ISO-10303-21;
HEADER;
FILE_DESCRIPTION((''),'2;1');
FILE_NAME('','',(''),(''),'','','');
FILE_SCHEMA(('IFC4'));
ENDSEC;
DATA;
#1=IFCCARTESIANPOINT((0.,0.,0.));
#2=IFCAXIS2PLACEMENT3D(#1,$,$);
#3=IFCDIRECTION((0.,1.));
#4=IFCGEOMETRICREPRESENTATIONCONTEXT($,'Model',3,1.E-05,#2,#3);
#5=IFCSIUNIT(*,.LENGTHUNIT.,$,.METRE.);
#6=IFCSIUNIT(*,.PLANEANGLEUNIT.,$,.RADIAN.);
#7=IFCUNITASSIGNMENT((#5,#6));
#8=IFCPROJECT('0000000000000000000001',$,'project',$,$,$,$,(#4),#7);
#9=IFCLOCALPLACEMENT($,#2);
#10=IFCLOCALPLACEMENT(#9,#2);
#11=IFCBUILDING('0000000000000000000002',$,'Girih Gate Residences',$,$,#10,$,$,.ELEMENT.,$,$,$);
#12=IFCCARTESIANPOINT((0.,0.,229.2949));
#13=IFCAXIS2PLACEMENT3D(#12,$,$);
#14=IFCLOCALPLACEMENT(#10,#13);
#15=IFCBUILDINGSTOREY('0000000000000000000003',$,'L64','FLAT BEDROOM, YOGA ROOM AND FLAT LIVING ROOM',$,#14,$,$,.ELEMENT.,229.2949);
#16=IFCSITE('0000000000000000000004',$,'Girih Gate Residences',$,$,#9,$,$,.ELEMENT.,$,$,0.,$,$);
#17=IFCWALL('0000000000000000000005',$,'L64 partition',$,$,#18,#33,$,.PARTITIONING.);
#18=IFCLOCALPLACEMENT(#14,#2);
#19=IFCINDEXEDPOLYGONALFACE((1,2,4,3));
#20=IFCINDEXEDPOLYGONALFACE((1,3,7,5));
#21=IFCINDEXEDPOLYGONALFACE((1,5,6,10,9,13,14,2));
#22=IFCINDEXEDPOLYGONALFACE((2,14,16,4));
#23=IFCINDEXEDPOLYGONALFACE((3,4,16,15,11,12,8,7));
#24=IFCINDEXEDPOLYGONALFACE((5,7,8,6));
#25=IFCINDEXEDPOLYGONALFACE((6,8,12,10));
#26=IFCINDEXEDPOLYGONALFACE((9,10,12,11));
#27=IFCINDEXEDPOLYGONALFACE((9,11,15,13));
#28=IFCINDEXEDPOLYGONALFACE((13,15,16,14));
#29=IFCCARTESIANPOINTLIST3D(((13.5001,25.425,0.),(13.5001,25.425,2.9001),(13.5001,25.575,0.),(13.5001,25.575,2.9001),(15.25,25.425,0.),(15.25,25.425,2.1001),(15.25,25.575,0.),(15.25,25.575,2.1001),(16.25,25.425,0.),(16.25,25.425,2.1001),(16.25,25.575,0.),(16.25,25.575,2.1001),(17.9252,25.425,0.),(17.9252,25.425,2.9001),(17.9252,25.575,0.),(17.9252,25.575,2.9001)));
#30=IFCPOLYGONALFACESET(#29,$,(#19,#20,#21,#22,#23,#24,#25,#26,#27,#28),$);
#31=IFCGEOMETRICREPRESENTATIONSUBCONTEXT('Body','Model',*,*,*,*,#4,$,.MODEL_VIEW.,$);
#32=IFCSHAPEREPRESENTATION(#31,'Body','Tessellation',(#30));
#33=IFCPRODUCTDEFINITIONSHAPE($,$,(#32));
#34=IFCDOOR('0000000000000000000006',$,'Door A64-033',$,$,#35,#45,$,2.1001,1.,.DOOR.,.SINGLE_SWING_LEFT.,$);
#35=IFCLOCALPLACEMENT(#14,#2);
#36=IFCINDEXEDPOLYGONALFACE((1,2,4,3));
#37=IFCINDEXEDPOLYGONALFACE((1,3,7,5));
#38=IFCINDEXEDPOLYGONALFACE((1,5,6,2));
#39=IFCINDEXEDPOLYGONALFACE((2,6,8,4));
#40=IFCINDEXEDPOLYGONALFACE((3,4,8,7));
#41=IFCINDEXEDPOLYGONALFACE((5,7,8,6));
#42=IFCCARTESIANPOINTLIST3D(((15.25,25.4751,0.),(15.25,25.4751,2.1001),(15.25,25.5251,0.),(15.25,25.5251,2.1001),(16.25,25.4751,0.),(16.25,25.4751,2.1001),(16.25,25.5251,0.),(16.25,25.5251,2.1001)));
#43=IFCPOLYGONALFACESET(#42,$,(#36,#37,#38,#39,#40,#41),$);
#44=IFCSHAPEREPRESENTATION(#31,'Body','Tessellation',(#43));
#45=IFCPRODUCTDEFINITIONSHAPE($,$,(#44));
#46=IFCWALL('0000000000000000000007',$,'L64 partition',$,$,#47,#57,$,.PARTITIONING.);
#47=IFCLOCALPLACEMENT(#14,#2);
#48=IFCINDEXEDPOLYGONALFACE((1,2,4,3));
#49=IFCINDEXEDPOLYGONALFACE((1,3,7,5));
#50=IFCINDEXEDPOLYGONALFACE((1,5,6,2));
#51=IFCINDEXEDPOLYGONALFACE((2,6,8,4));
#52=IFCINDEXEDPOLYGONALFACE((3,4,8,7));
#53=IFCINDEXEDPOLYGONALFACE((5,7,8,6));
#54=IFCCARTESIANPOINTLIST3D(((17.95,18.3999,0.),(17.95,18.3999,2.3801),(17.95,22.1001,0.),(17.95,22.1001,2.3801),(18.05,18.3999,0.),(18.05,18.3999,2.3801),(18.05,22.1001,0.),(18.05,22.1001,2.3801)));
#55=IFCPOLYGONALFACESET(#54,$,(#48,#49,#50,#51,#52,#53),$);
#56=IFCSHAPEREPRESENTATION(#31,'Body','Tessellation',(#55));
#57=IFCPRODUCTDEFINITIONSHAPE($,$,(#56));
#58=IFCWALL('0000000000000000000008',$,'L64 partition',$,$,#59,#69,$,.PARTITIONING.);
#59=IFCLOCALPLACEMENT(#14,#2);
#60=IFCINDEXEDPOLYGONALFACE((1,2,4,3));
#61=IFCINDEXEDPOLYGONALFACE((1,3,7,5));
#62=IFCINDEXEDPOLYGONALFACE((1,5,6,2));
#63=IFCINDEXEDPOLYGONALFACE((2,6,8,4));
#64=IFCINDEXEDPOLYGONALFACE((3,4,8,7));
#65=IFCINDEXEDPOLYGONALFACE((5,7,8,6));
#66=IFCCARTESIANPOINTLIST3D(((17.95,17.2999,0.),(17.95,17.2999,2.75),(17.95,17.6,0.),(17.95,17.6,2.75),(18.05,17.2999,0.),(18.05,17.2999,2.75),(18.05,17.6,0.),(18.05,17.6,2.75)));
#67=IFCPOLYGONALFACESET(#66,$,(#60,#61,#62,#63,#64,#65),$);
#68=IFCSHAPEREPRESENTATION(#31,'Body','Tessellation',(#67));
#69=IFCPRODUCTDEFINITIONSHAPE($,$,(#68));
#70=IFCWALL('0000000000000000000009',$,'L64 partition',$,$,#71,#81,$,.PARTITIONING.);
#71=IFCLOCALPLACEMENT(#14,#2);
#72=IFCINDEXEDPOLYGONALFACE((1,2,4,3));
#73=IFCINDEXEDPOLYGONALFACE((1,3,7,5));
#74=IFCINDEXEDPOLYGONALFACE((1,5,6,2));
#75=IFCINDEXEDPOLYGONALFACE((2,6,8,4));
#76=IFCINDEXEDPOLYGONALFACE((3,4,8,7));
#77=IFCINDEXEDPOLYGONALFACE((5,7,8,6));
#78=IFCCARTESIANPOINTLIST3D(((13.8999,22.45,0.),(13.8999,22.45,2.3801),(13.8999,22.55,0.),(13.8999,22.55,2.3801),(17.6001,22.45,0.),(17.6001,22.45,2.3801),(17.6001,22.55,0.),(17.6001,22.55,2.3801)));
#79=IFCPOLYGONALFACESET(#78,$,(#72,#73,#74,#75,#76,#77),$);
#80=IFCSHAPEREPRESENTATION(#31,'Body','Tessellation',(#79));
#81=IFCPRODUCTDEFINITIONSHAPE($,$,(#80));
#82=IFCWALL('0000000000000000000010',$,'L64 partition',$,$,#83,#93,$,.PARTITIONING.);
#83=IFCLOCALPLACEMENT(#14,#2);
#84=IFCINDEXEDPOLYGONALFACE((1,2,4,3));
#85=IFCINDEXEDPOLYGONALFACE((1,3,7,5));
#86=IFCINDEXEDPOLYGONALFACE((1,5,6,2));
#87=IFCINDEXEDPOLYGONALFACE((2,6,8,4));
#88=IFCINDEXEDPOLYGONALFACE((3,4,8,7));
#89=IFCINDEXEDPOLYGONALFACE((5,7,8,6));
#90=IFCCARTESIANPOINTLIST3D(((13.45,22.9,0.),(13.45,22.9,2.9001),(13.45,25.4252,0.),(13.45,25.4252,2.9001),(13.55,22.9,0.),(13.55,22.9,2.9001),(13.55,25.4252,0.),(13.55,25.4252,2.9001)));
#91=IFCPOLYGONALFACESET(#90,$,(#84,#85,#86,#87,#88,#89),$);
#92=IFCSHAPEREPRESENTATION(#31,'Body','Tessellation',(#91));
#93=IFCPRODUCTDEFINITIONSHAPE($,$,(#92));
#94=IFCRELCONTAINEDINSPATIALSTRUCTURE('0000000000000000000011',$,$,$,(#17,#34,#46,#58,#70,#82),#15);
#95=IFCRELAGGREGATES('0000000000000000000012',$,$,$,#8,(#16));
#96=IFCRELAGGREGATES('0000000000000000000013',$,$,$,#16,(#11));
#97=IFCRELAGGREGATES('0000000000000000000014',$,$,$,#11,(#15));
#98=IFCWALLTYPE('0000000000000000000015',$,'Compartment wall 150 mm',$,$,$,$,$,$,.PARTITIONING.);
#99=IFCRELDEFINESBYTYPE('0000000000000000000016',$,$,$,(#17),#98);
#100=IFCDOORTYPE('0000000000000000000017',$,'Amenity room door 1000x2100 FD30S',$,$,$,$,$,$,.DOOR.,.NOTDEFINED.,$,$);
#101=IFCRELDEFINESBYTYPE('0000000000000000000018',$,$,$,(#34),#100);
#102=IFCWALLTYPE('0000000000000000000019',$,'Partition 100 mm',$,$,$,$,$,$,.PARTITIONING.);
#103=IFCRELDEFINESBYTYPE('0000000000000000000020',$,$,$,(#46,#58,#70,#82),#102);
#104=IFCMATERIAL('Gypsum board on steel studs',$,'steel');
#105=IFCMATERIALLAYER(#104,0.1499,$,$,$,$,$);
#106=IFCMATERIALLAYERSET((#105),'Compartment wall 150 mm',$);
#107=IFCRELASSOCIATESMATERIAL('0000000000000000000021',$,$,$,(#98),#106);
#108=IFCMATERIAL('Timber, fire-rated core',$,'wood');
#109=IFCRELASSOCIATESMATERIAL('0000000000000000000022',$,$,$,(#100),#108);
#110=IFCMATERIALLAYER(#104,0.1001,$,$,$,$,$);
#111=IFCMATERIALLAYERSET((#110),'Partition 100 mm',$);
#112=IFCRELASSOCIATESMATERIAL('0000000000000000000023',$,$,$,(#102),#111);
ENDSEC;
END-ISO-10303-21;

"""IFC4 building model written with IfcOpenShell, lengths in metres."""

from ifc_helpers import new_model, si_unit, direction, frame, frame_2d, origin, place, context, subcontext, project, spatial, rectangle, extrude, material, layer, layer_set, type_object, element, fill, save


model = new_model("IFC4")

# Units and contexts
model_context = context("Model", 3, precision=1e-05, world=origin(), true_north=direction((0.0, 1.0)))
body_context = subcontext(model_context, "Body", "Model", "MODEL_VIEW")
ifc_project = project(units=[si_unit("LENGTHUNIT", "METRE"), si_unit("PLANEANGLEUNIT", "RADIAN")], contexts=[model_context])

# Site, building, storey
site_placement = place(None, origin())
site = spatial("IfcSite", under=ifc_project, at=site_placement, Name="Girih Gate Residences", CompositionType="ELEMENT", RefElevation=0.0)
building_placement = place(site_placement, origin())
building = spatial("IfcBuilding", under=site, at=building_placement, Name="Girih Gate Residences", CompositionType="ELEMENT")
storey_placement = place(building_placement, frame((0.0, 0.0, 229.2949)))
storey = spatial("IfcBuildingStorey", under=building, at=storey_placement, Name="L64", Description="FLAT BEDROOM, YOGA ROOM AND FLAT LIVING ROOM", CompositionType="ELEMENT", Elevation=229.2949)

# Shared definitions
ifc_material_1 = material(Name="Gypsum board on steel studs", Category="steel")
ifc_layer_1 = layer(ifc_material_1, 0.1499)
ifc_layer_set_1 = layer_set([ifc_layer_1], Name="Compartment wall 150 mm")
wall_type_1 = type_object("IfcWallType", Name="Compartment wall 150 mm", PredefinedType="PARTITIONING", material=ifc_layer_set_1)

# Wall, opening, door
ifc_material_2 = material(Name="Timber, fire-rated core", Category="wood")
door_type = type_object("IfcDoorType", Name="Amenity room door 1000x2100 FD30S", OperationType="NOTDEFINED", PredefinedType="DOOR", material=ifc_material_2)
wall_1_placement = place(storey_placement, frame((17.925, 25.5, 0.0), z_axis=(0.0, 0.0, 1.0), x_axis=(-1.0, 0.0, 0.0)))
wall_1 = element("IfcWall", 1, at=wall_1_placement, inside=storey, type_object=wall_type_1, Name="L64 partition", PredefinedType="PARTITIONING", context=body_context, shape_type="SweptSolid", body=[
    extrude(rectangle(XDim=4.425, YDim=0.1499, at=frame_2d((2.2124, 0.0))), origin(), (0.0, 0.0, 1.0), 2.9001),
])
opening_1_placement = place(wall_1_placement, frame((1.675, 0.0, 0.0)))
opening_1 = element("IfcOpeningElement", 2, at=opening_1_placement, cuts=wall_1, PredefinedType="OPENING", context=body_context, shape_type="SweptSolid", body=[
    extrude(rectangle(XDim=1.0, YDim=2.1001, at=frame_2d((0.5, 1.05))), frame((0.0, 0.085, 0.0), z_axis=(0.0, -1.0, 0.0), x_axis=(1.0, 0.0, 0.0)), (0.0, 0.0, 1.0), 0.1699),
])
door_1_placement = place(opening_1_placement, origin())
door_1 = element("IfcDoor", 3, at=door_1_placement, inside=storey, type_object=door_type, Name="Door A64-033", OperationType="SINGLE_SWING_LEFT", OverallHeight=2.1001, OverallWidth=1.0, PredefinedType="DOOR", context=body_context, shape_type="SweptSolid", body=[
    extrude(rectangle(XDim=1.0, YDim=2.1001, at=frame_2d((0.5, 1.05))), frame((0.0, 0.0249, 0.0), z_axis=(0.0, -1.0, 0.0), x_axis=(1.0, 0.0, 0.0)), (0.0, 0.0, 1.0), 0.05),
])
fill(opening_1, door_1)

# Walls
ifc_layer_2 = layer(ifc_material_1, 0.1001)
ifc_layer_set_2 = layer_set([ifc_layer_2], Name="Partition 100 mm")
wall_type_2 = type_object("IfcWallType", Name="Partition 100 mm", PredefinedType="PARTITIONING", material=ifc_layer_set_2)
wall_2_placement = place(storey_placement, frame((18.0, 18.3999, 0.0), z_axis=(0.0, 0.0, 1.0), x_axis=(0.0, 1.0, 0.0)))
element("IfcWall", 4, at=wall_2_placement, inside=storey, type_object=wall_type_2, Name="L64 partition", PredefinedType="PARTITIONING", context=body_context, shape_type="SweptSolid", body=[
    extrude(rectangle(XDim=3.7002, YDim=0.1001, at=frame_2d((1.8501, 0.0))), origin(), (0.0, 0.0, 1.0), 2.3801),
])
wall_3_placement = place(storey_placement, frame((18.0, 17.3, 0.0), z_axis=(0.0, 0.0, 1.0), x_axis=(0.0, 1.0, 0.0)))
element("IfcWall", 5, at=wall_3_placement, inside=storey, type_object=wall_type_2, Name="L64 partition", PredefinedType="PARTITIONING", context=body_context, shape_type="SweptSolid", body=[
    extrude(rectangle(XDim=0.3, YDim=0.1001, at=frame_2d((0.1499, 0.0))), origin(), (0.0, 0.0, 1.0), 2.75),
])
wall_4_placement = place(storey_placement, frame((13.8999, 22.5, 0.0), z_axis=(0.0, 0.0, 1.0), x_axis=(1.0, 0.0, 0.0)))
element("IfcWall", 6, at=wall_4_placement, inside=storey, type_object=wall_type_2, Name="L64 partition", PredefinedType="PARTITIONING", context=body_context, shape_type="SweptSolid", body=[
    extrude(rectangle(XDim=3.7002, YDim=0.1001, at=frame_2d((1.8501, 0.0))), origin(), (0.0, 0.0, 1.0), 2.3801),
])
wall_5_placement = place(storey_placement, frame((13.5, 22.8999, 0.0), z_axis=(0.0, 0.0, 1.0), x_axis=(0.0, 1.0, 0.0)))
element("IfcWall", 7, at=wall_5_placement, inside=storey, type_object=wall_type_2, Name="L64 partition", PredefinedType="PARTITIONING", context=body_context, shape_type="SweptSolid", body=[
    extrude(rectangle(XDim=2.5251, YDim=0.1001, at=frame_2d((1.2627, 0.0))), origin(), (0.0, 0.0, 1.0), 2.9001),
])

save(model, "model.ifc")
